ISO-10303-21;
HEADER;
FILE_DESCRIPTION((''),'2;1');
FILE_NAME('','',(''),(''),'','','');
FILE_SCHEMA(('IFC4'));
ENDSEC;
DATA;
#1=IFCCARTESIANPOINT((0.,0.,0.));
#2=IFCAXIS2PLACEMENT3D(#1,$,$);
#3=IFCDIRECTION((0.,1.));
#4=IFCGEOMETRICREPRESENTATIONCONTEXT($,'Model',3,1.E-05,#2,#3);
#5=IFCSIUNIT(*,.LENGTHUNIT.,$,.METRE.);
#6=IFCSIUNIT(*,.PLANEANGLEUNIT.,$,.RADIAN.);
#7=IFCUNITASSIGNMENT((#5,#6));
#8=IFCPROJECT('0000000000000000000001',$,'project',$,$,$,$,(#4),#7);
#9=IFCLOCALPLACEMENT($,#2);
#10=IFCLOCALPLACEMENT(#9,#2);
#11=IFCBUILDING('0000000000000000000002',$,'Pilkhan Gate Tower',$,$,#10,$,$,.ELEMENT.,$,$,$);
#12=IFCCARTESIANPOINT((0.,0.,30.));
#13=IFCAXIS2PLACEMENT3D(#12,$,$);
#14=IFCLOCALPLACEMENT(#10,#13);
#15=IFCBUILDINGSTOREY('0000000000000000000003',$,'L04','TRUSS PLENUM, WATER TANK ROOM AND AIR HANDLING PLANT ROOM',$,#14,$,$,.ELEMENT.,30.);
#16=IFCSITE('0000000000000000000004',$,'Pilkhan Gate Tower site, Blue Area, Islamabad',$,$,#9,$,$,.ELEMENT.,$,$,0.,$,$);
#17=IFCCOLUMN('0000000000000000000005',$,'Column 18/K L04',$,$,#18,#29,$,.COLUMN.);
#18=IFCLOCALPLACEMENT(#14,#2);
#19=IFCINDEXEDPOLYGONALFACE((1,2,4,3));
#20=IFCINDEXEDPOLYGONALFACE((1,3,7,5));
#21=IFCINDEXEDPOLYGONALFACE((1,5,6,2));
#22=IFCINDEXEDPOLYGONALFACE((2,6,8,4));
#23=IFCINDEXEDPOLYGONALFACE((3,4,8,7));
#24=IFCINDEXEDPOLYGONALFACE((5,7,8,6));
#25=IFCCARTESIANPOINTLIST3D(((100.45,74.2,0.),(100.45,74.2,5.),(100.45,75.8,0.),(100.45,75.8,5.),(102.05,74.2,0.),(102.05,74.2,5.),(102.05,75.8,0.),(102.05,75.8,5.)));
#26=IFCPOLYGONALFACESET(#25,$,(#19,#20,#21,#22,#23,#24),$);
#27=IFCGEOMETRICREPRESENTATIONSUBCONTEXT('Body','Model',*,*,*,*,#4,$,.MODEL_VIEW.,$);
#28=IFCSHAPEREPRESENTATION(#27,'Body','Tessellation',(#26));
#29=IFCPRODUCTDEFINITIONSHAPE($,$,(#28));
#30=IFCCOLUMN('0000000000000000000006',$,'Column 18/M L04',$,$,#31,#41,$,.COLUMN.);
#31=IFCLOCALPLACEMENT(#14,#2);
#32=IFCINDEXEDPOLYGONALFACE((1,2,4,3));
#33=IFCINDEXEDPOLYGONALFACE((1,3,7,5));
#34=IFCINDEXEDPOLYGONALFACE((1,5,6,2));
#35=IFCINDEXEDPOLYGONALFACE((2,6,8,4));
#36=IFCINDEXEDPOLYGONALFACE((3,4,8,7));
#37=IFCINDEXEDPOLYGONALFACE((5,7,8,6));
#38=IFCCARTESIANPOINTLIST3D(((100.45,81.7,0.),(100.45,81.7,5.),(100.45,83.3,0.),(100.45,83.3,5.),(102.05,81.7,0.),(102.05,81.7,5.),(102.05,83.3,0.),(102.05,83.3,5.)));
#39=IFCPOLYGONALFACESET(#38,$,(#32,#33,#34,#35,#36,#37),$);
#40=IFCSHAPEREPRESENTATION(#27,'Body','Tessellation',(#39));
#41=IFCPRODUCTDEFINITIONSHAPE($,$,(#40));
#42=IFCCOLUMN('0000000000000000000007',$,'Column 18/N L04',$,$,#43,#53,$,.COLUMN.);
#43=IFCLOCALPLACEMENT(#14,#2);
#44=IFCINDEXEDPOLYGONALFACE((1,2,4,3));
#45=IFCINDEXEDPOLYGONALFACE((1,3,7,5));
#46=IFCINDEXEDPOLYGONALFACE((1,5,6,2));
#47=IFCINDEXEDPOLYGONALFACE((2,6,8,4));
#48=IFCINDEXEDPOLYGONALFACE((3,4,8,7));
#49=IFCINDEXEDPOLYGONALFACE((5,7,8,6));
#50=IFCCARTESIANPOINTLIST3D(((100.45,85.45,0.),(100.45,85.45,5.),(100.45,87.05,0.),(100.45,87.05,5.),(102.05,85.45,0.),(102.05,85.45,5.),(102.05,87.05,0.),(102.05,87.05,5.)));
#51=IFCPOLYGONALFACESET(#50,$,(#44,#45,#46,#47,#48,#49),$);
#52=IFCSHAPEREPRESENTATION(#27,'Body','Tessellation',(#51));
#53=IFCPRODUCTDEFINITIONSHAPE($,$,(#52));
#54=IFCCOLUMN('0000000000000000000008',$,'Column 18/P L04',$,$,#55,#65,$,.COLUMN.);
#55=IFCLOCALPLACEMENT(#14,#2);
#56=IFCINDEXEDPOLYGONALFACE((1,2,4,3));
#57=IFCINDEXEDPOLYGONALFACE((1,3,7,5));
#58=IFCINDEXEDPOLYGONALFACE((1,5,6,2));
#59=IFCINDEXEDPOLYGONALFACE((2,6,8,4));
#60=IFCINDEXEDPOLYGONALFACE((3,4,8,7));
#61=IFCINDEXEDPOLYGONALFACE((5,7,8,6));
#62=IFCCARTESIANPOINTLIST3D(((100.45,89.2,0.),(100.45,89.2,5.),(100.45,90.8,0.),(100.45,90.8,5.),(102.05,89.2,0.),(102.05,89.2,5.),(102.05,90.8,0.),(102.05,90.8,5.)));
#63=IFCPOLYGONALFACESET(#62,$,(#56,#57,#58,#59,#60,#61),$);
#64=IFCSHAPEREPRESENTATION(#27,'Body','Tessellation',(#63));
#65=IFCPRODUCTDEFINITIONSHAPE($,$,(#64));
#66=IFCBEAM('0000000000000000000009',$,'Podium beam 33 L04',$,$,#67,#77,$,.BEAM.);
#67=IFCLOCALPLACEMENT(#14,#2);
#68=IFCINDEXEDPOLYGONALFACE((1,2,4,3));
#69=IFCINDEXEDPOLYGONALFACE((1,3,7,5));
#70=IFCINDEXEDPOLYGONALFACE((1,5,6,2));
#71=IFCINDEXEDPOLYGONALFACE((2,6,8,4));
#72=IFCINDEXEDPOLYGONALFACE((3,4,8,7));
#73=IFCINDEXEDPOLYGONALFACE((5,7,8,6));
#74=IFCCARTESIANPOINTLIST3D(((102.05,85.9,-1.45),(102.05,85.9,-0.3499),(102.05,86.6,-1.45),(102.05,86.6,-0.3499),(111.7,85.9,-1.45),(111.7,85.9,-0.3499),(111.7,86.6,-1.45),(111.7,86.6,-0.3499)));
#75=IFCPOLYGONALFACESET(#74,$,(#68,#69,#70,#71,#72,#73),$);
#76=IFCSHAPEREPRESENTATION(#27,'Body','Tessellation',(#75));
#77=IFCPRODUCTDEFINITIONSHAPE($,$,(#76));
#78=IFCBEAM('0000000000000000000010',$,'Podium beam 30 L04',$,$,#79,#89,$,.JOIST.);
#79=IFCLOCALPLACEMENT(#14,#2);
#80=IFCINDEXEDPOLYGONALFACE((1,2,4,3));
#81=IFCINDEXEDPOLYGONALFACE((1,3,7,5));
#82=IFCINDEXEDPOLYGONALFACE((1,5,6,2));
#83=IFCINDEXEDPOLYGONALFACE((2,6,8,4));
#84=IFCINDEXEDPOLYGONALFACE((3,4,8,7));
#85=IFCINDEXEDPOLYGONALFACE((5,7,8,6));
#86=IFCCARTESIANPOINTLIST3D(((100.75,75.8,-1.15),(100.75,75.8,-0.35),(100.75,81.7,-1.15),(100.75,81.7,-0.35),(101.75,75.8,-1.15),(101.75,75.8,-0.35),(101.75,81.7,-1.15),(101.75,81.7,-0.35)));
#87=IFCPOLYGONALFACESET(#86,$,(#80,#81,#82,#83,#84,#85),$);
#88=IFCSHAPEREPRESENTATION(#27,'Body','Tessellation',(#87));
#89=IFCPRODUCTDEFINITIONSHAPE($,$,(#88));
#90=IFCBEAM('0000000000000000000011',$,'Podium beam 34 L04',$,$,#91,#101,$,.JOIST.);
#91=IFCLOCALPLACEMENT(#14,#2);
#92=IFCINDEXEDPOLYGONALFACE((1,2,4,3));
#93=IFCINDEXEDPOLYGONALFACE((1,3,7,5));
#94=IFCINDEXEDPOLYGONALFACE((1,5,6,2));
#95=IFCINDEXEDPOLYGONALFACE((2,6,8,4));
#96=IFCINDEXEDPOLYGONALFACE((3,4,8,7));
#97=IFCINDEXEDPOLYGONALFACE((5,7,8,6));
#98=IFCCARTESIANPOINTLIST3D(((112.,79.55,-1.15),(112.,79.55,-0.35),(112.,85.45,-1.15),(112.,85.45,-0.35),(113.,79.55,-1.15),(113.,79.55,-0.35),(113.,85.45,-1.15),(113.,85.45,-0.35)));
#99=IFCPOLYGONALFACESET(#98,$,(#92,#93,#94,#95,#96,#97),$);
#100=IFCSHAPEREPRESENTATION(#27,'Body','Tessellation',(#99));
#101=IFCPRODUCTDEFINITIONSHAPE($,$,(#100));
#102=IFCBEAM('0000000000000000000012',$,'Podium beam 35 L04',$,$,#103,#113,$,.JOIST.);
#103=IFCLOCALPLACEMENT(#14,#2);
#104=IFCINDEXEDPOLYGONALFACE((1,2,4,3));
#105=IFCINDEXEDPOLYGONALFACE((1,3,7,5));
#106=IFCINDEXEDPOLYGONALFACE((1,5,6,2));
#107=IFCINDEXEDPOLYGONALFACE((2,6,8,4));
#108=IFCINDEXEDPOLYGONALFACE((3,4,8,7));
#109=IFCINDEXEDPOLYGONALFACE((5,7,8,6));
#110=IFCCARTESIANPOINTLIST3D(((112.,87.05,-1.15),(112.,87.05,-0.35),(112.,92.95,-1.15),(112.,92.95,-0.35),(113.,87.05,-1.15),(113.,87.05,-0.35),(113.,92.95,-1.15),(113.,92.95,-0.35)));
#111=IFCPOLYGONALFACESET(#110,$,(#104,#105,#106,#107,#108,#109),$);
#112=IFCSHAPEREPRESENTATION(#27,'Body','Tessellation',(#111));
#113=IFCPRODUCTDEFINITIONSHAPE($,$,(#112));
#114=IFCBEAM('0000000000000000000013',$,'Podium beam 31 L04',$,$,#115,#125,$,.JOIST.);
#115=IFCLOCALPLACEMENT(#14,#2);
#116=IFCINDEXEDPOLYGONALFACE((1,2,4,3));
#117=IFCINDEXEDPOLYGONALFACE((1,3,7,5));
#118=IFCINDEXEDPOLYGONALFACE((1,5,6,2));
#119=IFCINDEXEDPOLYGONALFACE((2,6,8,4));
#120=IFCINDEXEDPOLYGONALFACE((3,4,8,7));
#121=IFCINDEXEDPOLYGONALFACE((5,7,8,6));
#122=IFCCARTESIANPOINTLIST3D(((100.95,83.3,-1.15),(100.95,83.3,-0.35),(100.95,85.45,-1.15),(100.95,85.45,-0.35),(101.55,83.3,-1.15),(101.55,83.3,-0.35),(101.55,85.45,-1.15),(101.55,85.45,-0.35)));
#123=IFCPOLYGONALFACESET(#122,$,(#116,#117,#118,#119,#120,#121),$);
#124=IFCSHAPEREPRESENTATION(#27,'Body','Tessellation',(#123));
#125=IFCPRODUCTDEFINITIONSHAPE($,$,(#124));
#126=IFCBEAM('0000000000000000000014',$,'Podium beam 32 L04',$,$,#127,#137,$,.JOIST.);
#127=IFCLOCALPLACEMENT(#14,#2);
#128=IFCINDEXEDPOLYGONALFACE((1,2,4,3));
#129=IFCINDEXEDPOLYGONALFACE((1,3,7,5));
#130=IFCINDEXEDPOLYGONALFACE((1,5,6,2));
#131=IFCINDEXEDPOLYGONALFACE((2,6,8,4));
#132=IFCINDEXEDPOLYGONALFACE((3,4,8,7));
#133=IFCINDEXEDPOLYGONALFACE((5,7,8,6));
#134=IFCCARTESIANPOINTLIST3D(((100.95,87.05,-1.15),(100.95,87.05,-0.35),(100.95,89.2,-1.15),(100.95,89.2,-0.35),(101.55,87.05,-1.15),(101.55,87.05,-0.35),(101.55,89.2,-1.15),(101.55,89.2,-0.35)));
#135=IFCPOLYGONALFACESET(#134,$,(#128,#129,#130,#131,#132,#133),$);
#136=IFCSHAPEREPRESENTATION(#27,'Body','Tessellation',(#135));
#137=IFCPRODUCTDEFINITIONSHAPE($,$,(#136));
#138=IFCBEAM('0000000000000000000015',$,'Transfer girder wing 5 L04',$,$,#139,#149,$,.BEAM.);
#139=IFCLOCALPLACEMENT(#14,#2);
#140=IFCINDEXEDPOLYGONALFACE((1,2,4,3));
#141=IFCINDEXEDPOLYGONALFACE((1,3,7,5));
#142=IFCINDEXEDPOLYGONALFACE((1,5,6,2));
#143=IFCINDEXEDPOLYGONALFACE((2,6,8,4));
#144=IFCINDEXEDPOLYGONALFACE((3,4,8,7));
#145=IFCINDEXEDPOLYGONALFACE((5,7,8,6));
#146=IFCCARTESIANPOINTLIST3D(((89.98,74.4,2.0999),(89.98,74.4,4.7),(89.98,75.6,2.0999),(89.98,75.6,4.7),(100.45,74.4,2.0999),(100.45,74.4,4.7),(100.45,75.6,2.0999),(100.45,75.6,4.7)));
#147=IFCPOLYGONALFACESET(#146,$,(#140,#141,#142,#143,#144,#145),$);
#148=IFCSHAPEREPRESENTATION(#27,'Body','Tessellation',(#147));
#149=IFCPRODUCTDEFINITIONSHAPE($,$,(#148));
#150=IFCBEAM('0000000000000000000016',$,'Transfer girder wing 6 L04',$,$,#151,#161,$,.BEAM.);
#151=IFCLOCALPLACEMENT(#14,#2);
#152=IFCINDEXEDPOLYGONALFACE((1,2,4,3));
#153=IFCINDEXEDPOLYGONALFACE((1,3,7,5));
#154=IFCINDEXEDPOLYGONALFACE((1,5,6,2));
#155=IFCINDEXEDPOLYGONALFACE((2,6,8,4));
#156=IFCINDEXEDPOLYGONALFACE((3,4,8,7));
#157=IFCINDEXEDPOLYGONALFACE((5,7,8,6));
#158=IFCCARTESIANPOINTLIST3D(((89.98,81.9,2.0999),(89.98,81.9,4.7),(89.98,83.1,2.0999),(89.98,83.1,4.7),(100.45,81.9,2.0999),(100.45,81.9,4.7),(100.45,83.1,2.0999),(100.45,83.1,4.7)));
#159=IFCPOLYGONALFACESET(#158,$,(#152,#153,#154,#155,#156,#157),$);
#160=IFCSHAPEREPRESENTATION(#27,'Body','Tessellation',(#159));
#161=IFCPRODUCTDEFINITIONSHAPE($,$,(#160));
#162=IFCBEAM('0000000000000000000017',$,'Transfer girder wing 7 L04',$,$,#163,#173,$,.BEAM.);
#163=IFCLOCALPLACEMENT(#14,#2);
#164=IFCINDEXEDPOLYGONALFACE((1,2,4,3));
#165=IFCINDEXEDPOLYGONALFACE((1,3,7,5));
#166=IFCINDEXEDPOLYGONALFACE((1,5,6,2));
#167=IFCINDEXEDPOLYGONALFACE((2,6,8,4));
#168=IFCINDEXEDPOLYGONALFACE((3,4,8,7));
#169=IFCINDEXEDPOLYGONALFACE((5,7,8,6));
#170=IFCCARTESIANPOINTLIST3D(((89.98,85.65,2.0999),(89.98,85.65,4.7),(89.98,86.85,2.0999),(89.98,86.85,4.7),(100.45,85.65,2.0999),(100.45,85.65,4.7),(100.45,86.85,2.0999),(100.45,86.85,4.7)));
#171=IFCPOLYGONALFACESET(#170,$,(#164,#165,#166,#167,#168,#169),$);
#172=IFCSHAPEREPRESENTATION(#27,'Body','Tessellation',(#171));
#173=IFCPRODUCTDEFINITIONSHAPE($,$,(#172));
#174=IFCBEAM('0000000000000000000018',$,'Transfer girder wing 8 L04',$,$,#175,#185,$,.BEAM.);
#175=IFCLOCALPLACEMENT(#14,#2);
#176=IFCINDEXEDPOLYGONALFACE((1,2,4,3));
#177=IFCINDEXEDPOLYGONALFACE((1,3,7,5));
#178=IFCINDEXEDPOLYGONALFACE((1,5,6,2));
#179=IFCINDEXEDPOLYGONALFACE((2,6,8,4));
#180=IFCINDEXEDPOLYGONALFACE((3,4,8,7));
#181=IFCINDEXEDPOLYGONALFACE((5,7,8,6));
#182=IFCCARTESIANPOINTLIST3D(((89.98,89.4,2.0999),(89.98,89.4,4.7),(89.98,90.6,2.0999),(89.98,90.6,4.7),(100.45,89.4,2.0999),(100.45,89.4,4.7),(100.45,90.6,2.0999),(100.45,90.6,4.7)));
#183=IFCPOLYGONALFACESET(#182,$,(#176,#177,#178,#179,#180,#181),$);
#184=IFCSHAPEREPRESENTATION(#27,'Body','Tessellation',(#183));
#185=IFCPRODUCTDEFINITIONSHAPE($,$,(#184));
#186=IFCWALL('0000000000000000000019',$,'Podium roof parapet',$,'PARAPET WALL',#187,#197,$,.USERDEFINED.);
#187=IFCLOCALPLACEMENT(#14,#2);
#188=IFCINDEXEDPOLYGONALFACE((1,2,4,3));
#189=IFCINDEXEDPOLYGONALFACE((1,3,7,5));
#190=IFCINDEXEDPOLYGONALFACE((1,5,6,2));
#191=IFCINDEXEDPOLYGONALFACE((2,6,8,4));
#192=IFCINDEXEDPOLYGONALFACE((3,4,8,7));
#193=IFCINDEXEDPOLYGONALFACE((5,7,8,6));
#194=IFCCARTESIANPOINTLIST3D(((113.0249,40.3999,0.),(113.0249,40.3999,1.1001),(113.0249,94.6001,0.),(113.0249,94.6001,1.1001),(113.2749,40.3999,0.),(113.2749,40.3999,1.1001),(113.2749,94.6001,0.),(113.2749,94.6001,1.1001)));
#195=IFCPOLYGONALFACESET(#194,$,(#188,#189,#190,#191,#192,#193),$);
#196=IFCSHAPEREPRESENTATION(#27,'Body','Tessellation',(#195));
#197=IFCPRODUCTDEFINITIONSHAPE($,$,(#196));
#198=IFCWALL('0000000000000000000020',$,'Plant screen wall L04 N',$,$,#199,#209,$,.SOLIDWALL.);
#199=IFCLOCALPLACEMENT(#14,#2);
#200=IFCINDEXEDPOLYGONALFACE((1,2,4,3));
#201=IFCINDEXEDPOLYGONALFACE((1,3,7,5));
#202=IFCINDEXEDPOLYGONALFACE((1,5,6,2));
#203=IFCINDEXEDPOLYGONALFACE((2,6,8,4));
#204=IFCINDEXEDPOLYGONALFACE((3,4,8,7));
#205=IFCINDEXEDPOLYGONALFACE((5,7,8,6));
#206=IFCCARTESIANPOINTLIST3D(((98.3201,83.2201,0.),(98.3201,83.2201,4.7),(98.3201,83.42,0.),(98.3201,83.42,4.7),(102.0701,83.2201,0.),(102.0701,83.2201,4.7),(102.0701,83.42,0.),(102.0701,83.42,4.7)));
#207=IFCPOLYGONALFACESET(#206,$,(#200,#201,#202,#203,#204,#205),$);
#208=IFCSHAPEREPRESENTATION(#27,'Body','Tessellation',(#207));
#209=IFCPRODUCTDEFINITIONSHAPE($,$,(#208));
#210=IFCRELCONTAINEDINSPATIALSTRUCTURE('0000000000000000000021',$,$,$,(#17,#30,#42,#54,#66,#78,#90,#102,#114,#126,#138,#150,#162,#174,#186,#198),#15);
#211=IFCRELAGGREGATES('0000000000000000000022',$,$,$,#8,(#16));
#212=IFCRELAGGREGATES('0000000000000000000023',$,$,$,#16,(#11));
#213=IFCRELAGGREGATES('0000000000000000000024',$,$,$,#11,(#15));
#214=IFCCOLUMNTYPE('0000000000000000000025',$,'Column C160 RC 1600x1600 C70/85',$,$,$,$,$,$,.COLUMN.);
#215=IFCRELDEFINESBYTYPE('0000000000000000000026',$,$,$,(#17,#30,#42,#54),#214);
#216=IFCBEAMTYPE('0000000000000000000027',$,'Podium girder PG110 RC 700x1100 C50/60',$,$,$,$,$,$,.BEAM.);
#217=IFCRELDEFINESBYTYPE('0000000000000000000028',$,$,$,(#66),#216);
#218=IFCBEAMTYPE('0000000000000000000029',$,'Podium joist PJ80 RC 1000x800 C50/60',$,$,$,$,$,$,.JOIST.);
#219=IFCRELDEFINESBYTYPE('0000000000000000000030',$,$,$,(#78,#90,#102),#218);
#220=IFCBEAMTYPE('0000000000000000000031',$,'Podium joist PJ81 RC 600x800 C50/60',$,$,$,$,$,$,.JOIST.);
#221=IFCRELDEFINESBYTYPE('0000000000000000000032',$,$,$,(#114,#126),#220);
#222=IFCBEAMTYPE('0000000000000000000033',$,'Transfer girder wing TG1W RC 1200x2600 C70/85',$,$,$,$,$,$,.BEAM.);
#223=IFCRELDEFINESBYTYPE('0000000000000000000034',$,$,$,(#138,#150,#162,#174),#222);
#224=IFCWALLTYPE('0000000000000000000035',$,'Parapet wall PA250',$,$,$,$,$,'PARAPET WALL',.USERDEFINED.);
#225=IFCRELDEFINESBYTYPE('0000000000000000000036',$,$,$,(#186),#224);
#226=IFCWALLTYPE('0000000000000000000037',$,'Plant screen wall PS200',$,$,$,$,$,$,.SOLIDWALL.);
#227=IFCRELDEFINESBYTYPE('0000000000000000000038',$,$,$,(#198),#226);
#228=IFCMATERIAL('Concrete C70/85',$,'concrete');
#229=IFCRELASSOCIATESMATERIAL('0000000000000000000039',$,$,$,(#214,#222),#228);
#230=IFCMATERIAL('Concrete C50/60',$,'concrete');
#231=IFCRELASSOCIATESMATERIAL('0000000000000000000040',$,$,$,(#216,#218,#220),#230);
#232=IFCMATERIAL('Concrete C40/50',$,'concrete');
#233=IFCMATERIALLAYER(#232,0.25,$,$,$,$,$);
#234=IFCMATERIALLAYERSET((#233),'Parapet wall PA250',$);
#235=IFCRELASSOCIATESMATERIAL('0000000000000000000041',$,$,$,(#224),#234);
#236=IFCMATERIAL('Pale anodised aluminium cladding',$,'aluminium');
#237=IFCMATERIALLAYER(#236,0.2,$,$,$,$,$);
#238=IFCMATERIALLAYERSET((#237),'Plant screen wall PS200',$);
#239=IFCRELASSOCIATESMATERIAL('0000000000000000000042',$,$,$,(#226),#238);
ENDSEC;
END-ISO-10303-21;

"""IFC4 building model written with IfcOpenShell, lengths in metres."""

from ifc_helpers import new_model, si_unit, direction, frame, frame_2d, origin, origin_2d, place, context, subcontext, project, spatial, rectangle, extrude, material, layer, layer_set, material_profile, profile_set, type_object, element, save


model = new_model("IFC4")

# Units and contexts
model_context = context("Model", 3, precision=1e-05, world=origin(), true_north=direction((0.0, 1.0)))
body_context = subcontext(model_context, "Body", "Model", "MODEL_VIEW")
ifc_project = project(units=[si_unit("LENGTHUNIT", "METRE"), si_unit("PLANEANGLEUNIT", "RADIAN")], contexts=[model_context])

# Site, building, storey
site_placement = place(None, origin())
site = spatial("IfcSite", under=ifc_project, at=site_placement, Name="Pilkhan Gate Tower site, Blue Area, Islamabad", CompositionType="ELEMENT", RefElevation=0.0)
building_placement = place(site_placement, origin())
building = spatial("IfcBuilding", under=site, at=building_placement, Name="Pilkhan Gate Tower", CompositionType="ELEMENT")
storey_placement = place(building_placement, frame((0.0, 0.0, 30.0)))
storey = spatial("IfcBuildingStorey", under=building, at=storey_placement, Name="L04", Description="TRUSS PLENUM, WATER TANK ROOM AND AIR HANDLING PLANT ROOM", CompositionType="ELEMENT", Elevation=30.0)

# Columns
ifc_material_1 = material(Name="Concrete C70/85", Category="concrete")
ifc_material_profile_1 = material_profile(ifc_material_1, rectangle(XDim=1.6001, YDim=1.6001, at=origin_2d()), Name="RC 1600x1600")
ifc_profile_set_1 = profile_set([ifc_material_profile_1], Name="Concrete C70/85")
column_type = type_object("IfcColumnType", Name="Column C160 RC 1600x1600 C70/85", PredefinedType="COLUMN", material=ifc_profile_set_1)
for number, where, z_axis, x_axis, name in (
    (1, (101.25, 75.0, 0.0), (0.0, 0.0, 1.0), (1.0, 0.0, 0.0), "Column 18/K L04"),
    (2, (101.25, 82.5, 0.0), (0.0, 0.0, 1.0), (1.0, 0.0, 0.0), "Column 18/M L04"),
    (3, (101.25, 86.25, 0.0), (0.0, 0.0, 1.0), (1.0, 0.0, 0.0), "Column 18/N L04"),
    (4, (101.25, 90.0, 0.0), (0.0, 0.0, 1.0), (1.0, 0.0, 0.0), "Column 18/P L04"),
):
    element("IfcColumn", number, at=place(storey_placement, frame(where, z_axis=z_axis, x_axis=x_axis)), inside=storey, type_object=column_type, Name=name, PredefinedType="COLUMN", context=body_context, shape_type="SweptSolid", body=[
        extrude(rectangle(XDim=1.6001, YDim=1.6001, at=origin_2d()), origin(), (0.0, 0.0, 1.0), 5.0),
    ])

# Beams
ifc_material_2 = material(Name="Concrete C50/60", Category="concrete")
ifc_material_profile_2 = material_profile(ifc_material_2, rectangle(XDim=0.7, YDim=1.1001, at=origin_2d()), Name="RC 700x1100")
ifc_profile_set_2 = profile_set([ifc_material_profile_2], Name="Concrete C50/60")
beam_type_1 = type_object("IfcBeamType", Name="Podium girder PG110 RC 700x1100 C50/60", PredefinedType="BEAM", material=ifc_profile_set_2)
beam_placement = place(storey_placement, frame((102.05, 86.25, -0.8999), z_axis=(1.0, 0.0, 0.0), x_axis=(0.0, 1.0, 0.0)))
element("IfcBeam", 5, at=beam_placement, inside=storey, type_object=beam_type_1, Name="Podium beam 33 L04", PredefinedType="BEAM", context=body_context, shape_type="SweptSolid", body=[
    extrude(rectangle(XDim=0.7, YDim=1.1001, at=origin_2d()), origin(), (0.0, 0.0, 1.0), 9.6499),
])
ifc_material_profile_3 = material_profile(ifc_material_2, rectangle(XDim=1.0, YDim=0.8, at=origin_2d()), Name="RC 1000x800")
ifc_profile_set_3 = profile_set([ifc_material_profile_3], Name="Concrete C50/60")
beam_type_2 = type_object("IfcBeamType", Name="Podium joist PJ80 RC 1000x800 C50/60", PredefinedType="JOIST", material=ifc_profile_set_3)
for number, where, z_axis, x_axis, name in (
    (6, (101.25, 75.8, -0.75), (0.0, 1.0, 0.0), (-1.0, 0.0, 0.0), "Podium beam 30 L04"),
    (7, (112.5, 79.55, -0.75), (0.0, 1.0, 0.0), (-1.0, 0.0, 0.0), "Podium beam 34 L04"),
    (8, (112.5, 87.05, -0.75), (0.0, 1.0, 0.0), (-1.0, 0.0, 0.0), "Podium beam 35 L04"),
):
    element("IfcBeam", number, at=place(storey_placement, frame(where, z_axis=z_axis, x_axis=x_axis)), inside=storey, type_object=beam_type_2, Name=name, PredefinedType="JOIST", context=body_context, shape_type="SweptSolid", body=[
        extrude(rectangle(XDim=1.0, YDim=0.8, at=origin_2d()), origin(), (0.0, 0.0, 1.0), 5.8999),
    ])
ifc_material_profile_4 = material_profile(ifc_material_2, rectangle(XDim=0.6001, YDim=0.8, at=origin_2d()), Name="RC 600x800")
ifc_profile_set_4 = profile_set([ifc_material_profile_4], Name="Concrete C50/60")
beam_type_3 = type_object("IfcBeamType", Name="Podium joist PJ81 RC 600x800 C50/60", PredefinedType="JOIST", material=ifc_profile_set_4)
for number, where, z_axis, x_axis, name in (
    (9, (101.25, 83.3, -0.75), (0.0, 1.0, 0.0), (-1.0, 0.0, 0.0), "Podium beam 31 L04"),
    (10, (101.25, 87.05, -0.75), (0.0, 1.0, 0.0), (-1.0, 0.0, 0.0), "Podium beam 32 L04"),
):
    element("IfcBeam", number, at=place(storey_placement, frame(where, z_axis=z_axis, x_axis=x_axis)), inside=storey, type_object=beam_type_3, Name=name, PredefinedType="JOIST", context=body_context, shape_type="SweptSolid", body=[
        extrude(rectangle(XDim=0.6001, YDim=0.8, at=origin_2d()), origin(), (0.0, 0.0, 1.0), 2.1499),
    ])
ifc_material_profile_5 = material_profile(ifc_material_1, rectangle(XDim=1.2, YDim=2.6001, at=origin_2d()), Name="RC 1200x2600")
ifc_profile_set_5 = profile_set([ifc_material_profile_5], Name="Concrete C70/85")
beam_type_4 = type_object("IfcBeamType", Name="Transfer girder wing TG1W RC 1200x2600 C70/85", PredefinedType="BEAM", material=ifc_profile_set_5)
for number, where, z_axis, x_axis, name in (
    (11, (100.45, 75.0, 3.3999), (-1.0, 0.0, 0.0), (0.0, -1.0, 0.0), "Transfer girder wing 5 L04"),
    (12, (100.45, 82.5, 3.3999), (-1.0, 0.0, 0.0), (0.0, -1.0, 0.0), "Transfer girder wing 6 L04"),
    (13, (100.45, 86.25, 3.3999), (-1.0, 0.0, 0.0), (0.0, -1.0, 0.0), "Transfer girder wing 7 L04"),
    (14, (100.45, 90.0, 3.3999), (-1.0, 0.0, 0.0), (0.0, -1.0, 0.0), "Transfer girder wing 8 L04"),
):
    element("IfcBeam", number, at=place(storey_placement, frame(where, z_axis=z_axis, x_axis=x_axis)), inside=storey, type_object=beam_type_4, Name=name, PredefinedType="BEAM", context=body_context, shape_type="SweptSolid", body=[
        extrude(rectangle(XDim=1.2, YDim=2.6001, at=origin_2d()), origin(), (0.0, 0.0, 1.0), 10.47),
    ])

# Walls
ifc_material_3 = material(Name="Concrete C40/50", Category="concrete")
ifc_layer_1 = layer(ifc_material_3, 0.25)
ifc_layer_set_1 = layer_set([ifc_layer_1], Name="Parapet wall PA250")
wall_type_1 = type_object("IfcWallType", Name="Parapet wall PA250", ElementType="PARAPET WALL", PredefinedType="USERDEFINED", material=ifc_layer_set_1)
wall_1_placement = place(storey_placement, frame((113.1499, 94.6001, 0.0), z_axis=(0.0, 0.0, 1.0), x_axis=(0.0, -1.0, 0.0)))
element("IfcWall", 15, at=wall_1_placement, inside=storey, type_object=wall_type_1, Name="Podium roof parapet", ObjectType="PARAPET WALL", PredefinedType="USERDEFINED", context=body_context, shape_type="SweptSolid", body=[
    extrude(rectangle(XDim=54.2002, YDim=0.25, at=frame_2d((27.1001, 0.0))), origin(), (0.0, 0.0, 1.0), 1.1001),
])
ifc_material_4 = material(Name="Pale anodised aluminium cladding", Category="aluminium")
ifc_layer_2 = layer(ifc_material_4, 0.2)
ifc_layer_set_2 = layer_set([ifc_layer_2], Name="Plant screen wall PS200")
wall_type_2 = type_object("IfcWallType", Name="Plant screen wall PS200", PredefinedType="SOLIDWALL", material=ifc_layer_set_2)
for number, where, z_axis, x_axis, name in (
    (16, (98.3201, 83.3201, 0.0), (0.0, 0.0, 1.0), (1.0, 0.0, 0.0), "Plant screen wall L04 N"),
):
    element("IfcWall", number, at=place(storey_placement, frame(where, z_axis=z_axis, x_axis=x_axis)), inside=storey, type_object=wall_type_2, Name=name, PredefinedType="SOLIDWALL", context=body_context, shape_type="SweptSolid", body=[
        extrude(rectangle(XDim=3.75, YDim=0.2, at=frame_2d((1.875, 0.0))), origin(), (0.0, 0.0, 1.0), 4.7),
    ])

save(model, "model.ifc")
